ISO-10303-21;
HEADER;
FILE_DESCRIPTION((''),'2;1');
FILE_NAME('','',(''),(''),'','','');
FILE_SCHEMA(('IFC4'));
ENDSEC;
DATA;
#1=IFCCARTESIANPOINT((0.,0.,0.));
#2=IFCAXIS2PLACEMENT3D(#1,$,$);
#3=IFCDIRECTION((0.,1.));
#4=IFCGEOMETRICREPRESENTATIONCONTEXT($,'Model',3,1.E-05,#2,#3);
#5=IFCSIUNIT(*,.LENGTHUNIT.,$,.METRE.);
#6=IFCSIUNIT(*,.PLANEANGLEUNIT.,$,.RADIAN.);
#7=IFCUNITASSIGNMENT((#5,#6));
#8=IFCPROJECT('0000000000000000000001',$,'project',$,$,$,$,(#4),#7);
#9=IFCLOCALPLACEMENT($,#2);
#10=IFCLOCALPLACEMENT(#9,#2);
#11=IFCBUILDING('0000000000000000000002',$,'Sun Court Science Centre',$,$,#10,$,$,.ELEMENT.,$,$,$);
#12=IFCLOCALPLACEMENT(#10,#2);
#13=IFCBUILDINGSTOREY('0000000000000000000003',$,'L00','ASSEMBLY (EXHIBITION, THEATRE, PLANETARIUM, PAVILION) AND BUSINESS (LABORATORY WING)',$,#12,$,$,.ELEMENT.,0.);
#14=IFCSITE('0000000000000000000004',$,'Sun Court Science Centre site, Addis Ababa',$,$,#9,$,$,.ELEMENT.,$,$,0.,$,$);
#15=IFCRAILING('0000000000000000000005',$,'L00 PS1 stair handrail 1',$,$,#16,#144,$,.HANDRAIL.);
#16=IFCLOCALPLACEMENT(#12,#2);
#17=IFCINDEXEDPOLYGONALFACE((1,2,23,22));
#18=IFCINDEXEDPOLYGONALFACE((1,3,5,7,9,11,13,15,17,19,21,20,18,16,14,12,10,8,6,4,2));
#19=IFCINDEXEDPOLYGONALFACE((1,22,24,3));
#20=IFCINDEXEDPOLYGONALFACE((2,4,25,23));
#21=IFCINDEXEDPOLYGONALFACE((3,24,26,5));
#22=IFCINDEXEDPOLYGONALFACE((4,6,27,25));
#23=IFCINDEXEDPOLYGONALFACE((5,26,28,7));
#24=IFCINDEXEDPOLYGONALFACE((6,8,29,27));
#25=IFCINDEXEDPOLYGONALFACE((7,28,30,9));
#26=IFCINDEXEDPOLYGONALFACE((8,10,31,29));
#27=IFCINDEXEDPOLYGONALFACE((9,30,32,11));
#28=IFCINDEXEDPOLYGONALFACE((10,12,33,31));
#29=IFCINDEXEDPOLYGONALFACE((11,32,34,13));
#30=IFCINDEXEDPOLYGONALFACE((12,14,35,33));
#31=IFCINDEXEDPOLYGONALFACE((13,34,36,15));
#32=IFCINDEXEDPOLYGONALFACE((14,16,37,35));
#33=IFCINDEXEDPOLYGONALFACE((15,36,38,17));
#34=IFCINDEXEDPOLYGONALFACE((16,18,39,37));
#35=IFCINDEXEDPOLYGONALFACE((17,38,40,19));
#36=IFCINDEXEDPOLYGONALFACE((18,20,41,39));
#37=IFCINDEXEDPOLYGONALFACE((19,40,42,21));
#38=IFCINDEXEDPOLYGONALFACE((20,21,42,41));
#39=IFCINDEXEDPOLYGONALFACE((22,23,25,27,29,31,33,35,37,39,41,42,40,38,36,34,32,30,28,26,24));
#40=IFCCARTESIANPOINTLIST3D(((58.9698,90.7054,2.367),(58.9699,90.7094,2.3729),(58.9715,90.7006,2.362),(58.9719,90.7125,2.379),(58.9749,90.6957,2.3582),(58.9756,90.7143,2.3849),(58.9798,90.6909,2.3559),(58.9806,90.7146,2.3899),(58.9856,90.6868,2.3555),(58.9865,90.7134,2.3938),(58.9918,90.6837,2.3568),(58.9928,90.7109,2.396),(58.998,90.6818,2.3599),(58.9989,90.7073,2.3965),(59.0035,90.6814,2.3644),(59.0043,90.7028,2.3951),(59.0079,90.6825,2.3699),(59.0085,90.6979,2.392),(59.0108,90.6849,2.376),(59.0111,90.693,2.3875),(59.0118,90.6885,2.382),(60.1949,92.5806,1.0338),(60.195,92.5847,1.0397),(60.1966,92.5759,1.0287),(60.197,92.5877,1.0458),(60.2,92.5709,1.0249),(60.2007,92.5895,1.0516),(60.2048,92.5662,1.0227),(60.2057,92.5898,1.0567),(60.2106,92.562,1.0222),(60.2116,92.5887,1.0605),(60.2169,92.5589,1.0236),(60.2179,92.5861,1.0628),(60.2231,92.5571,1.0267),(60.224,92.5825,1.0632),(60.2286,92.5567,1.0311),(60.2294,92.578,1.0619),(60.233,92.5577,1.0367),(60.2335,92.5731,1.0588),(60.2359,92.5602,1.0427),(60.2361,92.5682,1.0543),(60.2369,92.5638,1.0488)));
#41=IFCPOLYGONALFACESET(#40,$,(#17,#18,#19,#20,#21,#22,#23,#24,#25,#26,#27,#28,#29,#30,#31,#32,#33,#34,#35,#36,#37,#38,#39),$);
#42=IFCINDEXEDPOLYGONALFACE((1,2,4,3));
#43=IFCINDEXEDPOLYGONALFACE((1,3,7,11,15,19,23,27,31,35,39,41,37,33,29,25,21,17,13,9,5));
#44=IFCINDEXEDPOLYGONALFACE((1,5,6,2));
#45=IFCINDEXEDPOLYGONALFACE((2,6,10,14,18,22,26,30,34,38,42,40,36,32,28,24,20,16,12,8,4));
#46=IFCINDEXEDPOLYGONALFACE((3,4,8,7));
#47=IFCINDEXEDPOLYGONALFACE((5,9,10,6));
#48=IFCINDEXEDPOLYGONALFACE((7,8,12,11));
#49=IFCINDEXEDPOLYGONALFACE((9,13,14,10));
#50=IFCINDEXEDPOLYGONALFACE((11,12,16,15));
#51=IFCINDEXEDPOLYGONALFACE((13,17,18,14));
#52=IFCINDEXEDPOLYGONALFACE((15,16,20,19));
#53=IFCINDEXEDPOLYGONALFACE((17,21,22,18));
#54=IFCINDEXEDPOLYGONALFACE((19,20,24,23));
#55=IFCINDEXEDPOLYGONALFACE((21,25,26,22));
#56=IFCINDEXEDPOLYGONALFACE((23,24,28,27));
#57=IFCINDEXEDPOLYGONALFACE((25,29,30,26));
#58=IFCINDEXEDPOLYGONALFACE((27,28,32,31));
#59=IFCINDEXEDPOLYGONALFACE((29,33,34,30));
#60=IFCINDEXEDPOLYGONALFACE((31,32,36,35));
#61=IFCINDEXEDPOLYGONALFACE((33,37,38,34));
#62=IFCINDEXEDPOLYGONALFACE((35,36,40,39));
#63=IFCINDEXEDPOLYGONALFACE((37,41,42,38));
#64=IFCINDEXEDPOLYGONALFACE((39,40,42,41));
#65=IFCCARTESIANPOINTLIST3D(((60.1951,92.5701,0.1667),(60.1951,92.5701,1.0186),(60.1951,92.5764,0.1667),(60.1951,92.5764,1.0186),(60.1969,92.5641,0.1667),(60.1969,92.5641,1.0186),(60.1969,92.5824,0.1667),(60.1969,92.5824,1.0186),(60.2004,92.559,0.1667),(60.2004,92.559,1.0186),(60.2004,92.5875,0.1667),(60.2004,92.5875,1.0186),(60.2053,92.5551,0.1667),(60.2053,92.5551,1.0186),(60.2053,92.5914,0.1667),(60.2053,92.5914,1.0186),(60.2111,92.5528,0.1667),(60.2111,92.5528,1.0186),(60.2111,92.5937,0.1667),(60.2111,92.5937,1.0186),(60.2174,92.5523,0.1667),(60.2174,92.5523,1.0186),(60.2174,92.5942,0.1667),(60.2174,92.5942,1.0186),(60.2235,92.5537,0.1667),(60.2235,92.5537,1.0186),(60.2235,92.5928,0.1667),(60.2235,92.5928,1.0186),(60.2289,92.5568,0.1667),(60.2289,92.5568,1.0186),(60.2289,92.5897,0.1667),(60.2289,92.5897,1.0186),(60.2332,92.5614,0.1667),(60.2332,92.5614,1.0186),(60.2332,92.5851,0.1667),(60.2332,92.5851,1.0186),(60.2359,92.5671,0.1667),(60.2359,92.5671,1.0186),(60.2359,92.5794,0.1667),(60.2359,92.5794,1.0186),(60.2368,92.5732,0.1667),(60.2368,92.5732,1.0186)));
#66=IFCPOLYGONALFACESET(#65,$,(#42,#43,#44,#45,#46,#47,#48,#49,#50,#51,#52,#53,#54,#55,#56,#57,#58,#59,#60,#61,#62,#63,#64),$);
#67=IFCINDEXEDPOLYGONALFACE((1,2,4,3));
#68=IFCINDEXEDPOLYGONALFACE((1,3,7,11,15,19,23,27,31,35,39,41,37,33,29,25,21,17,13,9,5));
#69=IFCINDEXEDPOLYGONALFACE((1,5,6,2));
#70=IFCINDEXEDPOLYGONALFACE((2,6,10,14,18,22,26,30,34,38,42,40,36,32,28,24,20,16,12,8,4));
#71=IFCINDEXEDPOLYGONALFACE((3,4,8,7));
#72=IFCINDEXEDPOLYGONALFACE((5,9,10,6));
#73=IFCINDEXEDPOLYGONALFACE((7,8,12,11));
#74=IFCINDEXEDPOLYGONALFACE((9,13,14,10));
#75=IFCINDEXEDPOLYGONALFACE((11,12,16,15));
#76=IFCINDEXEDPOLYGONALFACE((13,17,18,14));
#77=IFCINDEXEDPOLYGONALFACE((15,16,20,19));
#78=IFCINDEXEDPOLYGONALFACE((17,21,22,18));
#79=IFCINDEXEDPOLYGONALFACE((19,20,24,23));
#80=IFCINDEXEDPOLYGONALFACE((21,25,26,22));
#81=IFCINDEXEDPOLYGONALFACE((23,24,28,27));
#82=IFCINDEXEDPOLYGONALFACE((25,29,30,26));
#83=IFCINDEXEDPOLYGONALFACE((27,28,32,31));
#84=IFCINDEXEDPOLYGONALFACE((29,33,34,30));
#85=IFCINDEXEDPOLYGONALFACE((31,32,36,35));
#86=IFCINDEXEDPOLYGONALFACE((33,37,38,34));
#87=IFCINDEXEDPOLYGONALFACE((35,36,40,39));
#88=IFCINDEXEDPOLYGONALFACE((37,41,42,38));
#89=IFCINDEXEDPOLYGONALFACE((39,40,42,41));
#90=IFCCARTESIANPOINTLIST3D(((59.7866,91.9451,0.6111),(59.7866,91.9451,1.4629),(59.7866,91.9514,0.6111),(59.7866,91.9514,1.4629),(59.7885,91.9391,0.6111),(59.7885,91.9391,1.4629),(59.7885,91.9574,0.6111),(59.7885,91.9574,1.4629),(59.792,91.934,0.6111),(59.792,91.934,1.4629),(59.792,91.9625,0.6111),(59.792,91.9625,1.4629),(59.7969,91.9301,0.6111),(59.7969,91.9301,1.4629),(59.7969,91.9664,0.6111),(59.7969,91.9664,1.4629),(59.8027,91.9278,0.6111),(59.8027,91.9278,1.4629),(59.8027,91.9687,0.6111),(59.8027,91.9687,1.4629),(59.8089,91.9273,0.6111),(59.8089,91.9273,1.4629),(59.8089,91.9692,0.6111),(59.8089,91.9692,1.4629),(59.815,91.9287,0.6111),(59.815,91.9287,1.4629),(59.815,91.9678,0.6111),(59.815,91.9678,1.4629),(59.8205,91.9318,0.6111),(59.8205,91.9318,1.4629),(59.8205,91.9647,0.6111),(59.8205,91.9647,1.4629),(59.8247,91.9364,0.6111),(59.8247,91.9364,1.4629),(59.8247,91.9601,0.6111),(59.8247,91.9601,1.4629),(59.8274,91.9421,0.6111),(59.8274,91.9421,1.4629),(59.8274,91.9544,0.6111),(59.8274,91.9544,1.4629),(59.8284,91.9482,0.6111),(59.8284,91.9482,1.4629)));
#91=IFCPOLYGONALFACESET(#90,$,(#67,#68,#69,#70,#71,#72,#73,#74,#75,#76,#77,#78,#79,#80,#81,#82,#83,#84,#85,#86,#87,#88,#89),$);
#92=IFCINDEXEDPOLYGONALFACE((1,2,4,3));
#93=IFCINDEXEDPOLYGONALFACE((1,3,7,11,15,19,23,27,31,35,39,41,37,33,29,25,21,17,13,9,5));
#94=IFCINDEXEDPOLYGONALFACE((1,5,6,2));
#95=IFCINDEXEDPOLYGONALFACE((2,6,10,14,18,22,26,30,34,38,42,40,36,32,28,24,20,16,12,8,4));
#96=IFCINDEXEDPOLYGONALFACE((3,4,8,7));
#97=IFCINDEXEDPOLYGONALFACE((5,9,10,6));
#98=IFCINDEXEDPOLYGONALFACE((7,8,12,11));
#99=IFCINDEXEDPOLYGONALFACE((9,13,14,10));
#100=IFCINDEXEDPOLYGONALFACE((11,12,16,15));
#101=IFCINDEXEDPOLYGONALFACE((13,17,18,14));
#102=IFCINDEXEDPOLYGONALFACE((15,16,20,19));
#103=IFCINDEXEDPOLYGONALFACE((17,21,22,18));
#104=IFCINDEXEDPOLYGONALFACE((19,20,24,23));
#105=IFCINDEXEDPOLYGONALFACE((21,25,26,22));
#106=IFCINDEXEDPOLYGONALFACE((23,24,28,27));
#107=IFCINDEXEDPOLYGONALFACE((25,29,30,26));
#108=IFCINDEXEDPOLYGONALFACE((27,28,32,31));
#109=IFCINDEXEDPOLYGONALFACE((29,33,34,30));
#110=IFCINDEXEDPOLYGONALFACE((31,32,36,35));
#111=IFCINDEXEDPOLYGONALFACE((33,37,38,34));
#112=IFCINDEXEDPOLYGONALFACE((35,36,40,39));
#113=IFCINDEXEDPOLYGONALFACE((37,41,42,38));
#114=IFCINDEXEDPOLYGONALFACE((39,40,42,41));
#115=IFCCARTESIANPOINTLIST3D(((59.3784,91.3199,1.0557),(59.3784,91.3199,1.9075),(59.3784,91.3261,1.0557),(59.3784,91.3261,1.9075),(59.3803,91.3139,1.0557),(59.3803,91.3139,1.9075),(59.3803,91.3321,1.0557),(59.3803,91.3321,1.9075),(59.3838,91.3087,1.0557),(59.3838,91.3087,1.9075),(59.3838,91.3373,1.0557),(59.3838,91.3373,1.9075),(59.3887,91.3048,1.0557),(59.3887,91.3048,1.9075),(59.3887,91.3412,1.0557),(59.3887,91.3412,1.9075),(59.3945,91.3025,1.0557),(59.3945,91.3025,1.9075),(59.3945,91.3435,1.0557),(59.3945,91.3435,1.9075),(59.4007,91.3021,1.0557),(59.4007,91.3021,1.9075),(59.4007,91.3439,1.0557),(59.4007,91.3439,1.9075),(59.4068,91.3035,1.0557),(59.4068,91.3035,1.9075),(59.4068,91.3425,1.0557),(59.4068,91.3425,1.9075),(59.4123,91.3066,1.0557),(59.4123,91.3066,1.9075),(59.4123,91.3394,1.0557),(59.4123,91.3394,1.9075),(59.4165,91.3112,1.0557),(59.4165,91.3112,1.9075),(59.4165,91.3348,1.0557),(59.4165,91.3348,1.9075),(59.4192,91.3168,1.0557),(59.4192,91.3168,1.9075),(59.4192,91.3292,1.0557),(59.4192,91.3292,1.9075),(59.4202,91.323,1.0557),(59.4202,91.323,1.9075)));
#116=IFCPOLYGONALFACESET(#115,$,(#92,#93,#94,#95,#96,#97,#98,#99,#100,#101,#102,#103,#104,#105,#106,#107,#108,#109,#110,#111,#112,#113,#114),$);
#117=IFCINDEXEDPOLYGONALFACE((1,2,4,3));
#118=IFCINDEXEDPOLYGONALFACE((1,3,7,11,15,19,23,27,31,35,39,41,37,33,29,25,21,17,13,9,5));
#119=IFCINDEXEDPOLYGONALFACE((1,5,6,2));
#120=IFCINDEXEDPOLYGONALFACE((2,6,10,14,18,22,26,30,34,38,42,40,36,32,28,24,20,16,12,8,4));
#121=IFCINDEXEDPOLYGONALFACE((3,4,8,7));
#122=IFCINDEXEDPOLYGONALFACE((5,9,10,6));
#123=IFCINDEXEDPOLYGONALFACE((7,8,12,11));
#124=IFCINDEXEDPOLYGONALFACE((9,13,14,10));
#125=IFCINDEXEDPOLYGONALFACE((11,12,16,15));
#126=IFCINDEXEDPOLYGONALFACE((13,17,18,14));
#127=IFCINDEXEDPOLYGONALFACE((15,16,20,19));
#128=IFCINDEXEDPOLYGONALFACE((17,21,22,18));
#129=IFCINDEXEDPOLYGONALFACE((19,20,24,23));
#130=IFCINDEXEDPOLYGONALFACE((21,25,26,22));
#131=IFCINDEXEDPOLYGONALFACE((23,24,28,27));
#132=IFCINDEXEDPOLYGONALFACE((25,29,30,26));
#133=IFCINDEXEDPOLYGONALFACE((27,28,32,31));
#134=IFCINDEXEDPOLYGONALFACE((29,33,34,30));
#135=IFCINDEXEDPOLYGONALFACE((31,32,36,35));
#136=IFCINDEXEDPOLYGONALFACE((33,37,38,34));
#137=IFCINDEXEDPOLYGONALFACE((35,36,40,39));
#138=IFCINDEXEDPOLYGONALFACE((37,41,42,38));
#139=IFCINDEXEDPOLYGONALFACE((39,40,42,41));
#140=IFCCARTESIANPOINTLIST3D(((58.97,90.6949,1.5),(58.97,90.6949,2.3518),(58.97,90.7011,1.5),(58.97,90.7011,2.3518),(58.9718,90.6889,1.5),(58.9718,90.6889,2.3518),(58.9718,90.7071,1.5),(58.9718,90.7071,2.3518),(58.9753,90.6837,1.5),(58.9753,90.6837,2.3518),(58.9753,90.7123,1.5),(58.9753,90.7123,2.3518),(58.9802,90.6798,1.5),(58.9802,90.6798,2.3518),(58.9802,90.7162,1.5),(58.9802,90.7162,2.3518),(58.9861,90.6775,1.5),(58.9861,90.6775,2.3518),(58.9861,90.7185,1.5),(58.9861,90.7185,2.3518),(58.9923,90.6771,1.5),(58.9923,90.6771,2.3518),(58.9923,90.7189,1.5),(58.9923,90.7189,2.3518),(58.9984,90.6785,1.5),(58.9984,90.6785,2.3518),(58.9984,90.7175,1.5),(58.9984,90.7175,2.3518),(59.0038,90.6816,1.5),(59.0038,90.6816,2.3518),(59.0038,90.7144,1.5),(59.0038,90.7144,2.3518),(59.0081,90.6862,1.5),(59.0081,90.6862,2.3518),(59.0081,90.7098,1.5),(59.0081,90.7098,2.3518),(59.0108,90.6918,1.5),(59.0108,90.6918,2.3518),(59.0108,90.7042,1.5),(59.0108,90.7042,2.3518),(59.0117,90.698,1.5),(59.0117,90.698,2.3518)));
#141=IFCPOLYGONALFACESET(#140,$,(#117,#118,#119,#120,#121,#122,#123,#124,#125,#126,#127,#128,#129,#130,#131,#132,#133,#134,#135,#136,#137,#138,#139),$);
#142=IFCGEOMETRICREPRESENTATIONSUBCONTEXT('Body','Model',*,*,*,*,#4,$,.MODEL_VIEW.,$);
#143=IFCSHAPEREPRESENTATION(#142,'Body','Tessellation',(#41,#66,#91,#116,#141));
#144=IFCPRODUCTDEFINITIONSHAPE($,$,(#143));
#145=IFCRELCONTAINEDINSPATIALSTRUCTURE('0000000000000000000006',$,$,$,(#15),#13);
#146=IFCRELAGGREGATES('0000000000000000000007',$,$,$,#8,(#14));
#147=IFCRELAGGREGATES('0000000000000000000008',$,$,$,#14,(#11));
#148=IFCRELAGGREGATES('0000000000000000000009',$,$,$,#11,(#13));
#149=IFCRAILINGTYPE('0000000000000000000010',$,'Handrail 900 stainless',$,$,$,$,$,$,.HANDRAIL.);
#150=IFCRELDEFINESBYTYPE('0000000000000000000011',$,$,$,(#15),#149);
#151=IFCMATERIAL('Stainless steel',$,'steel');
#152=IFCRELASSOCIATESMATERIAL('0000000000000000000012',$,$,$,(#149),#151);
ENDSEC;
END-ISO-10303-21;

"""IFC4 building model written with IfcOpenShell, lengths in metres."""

from ifc_helpers import new_model, si_unit, direction, frame, origin, origin_2d, place, context, subcontext, project, spatial, circle, extrude, material, type_object, element, save


model = new_model("IFC4")

# Units and contexts
model_context = context("Model", 3, precision=1e-05, world=origin(), true_north=direction((0.0, 1.0)))
body_context = subcontext(model_context, "Body", "Model", "MODEL_VIEW")
ifc_project = project(units=[si_unit("LENGTHUNIT", "METRE"), si_unit("PLANEANGLEUNIT", "RADIAN")], contexts=[model_context])

# Site, building, storey
site_placement = place(None, origin())
site = spatial("IfcSite", under=ifc_project, at=site_placement, Name="Sun Court Science Centre site, Addis Ababa", CompositionType="ELEMENT", RefElevation=0.0)
building_placement = place(site_placement, origin())
building = spatial("IfcBuilding", under=site, at=building_placement, Name="Sun Court Science Centre", CompositionType="ELEMENT")
storey_placement = place(building_placement, origin())
storey = spatial("IfcBuildingStorey", under=building, at=storey_placement, Name="L00", Description="ASSEMBLY (EXHIBITION, THEATRE, PLANETARIUM, PAVILION) AND BUSINESS (LABORATORY WING)", CompositionType="ELEMENT", Elevation=0.0)

# Railing
ifc_material_1 = material(Name="Stainless steel", Category="steel")
railing_type_1 = type_object("IfcRailingType", Name="Handrail 900 stainless", PredefinedType="HANDRAIL", material=ifc_material_1)
for number, where, name in (
    (1, (60.2158, 92.5732, 0.1667), "L00 PS1 stair handrail 1"),
):
    element("IfcRailing", number, at=place(storey_placement, frame(where)), inside=storey, type_object=railing_type_1, Name=name, PredefinedType="HANDRAIL", context=body_context, shape_type="SweptSolid", body=[
        extrude(circle(Radius=0.0239, at=origin_2d()), frame((0.0, 0.0, 0.876), z_axis=(-0.469978, -0.71939, 0.511468), x_axis=(0.837179, -0.546929, 0.0)), (0.0, 0.0, 1.0), 2.6067),
        extrude(circle(Radius=0.021, at=origin_2d()), origin(), (0.0, 0.0, 1.0), 0.8518),
        extrude(circle(Radius=0.021, at=origin_2d()), frame((-0.4084, -0.625, 0.4443)), (0.0, 0.0, 1.0), 0.8518),
        extrude(circle(Radius=0.021, at=origin_2d()), frame((-0.8167, -1.2502, 0.8889)), (0.0, 0.0, 1.0), 0.8518),
        extrude(circle(Radius=0.021, at=origin_2d()), frame((-1.2251, -1.8752, 1.3333)), (0.0, 0.0, 1.0), 0.8518),
    ])

save(model, "model.ifc")
